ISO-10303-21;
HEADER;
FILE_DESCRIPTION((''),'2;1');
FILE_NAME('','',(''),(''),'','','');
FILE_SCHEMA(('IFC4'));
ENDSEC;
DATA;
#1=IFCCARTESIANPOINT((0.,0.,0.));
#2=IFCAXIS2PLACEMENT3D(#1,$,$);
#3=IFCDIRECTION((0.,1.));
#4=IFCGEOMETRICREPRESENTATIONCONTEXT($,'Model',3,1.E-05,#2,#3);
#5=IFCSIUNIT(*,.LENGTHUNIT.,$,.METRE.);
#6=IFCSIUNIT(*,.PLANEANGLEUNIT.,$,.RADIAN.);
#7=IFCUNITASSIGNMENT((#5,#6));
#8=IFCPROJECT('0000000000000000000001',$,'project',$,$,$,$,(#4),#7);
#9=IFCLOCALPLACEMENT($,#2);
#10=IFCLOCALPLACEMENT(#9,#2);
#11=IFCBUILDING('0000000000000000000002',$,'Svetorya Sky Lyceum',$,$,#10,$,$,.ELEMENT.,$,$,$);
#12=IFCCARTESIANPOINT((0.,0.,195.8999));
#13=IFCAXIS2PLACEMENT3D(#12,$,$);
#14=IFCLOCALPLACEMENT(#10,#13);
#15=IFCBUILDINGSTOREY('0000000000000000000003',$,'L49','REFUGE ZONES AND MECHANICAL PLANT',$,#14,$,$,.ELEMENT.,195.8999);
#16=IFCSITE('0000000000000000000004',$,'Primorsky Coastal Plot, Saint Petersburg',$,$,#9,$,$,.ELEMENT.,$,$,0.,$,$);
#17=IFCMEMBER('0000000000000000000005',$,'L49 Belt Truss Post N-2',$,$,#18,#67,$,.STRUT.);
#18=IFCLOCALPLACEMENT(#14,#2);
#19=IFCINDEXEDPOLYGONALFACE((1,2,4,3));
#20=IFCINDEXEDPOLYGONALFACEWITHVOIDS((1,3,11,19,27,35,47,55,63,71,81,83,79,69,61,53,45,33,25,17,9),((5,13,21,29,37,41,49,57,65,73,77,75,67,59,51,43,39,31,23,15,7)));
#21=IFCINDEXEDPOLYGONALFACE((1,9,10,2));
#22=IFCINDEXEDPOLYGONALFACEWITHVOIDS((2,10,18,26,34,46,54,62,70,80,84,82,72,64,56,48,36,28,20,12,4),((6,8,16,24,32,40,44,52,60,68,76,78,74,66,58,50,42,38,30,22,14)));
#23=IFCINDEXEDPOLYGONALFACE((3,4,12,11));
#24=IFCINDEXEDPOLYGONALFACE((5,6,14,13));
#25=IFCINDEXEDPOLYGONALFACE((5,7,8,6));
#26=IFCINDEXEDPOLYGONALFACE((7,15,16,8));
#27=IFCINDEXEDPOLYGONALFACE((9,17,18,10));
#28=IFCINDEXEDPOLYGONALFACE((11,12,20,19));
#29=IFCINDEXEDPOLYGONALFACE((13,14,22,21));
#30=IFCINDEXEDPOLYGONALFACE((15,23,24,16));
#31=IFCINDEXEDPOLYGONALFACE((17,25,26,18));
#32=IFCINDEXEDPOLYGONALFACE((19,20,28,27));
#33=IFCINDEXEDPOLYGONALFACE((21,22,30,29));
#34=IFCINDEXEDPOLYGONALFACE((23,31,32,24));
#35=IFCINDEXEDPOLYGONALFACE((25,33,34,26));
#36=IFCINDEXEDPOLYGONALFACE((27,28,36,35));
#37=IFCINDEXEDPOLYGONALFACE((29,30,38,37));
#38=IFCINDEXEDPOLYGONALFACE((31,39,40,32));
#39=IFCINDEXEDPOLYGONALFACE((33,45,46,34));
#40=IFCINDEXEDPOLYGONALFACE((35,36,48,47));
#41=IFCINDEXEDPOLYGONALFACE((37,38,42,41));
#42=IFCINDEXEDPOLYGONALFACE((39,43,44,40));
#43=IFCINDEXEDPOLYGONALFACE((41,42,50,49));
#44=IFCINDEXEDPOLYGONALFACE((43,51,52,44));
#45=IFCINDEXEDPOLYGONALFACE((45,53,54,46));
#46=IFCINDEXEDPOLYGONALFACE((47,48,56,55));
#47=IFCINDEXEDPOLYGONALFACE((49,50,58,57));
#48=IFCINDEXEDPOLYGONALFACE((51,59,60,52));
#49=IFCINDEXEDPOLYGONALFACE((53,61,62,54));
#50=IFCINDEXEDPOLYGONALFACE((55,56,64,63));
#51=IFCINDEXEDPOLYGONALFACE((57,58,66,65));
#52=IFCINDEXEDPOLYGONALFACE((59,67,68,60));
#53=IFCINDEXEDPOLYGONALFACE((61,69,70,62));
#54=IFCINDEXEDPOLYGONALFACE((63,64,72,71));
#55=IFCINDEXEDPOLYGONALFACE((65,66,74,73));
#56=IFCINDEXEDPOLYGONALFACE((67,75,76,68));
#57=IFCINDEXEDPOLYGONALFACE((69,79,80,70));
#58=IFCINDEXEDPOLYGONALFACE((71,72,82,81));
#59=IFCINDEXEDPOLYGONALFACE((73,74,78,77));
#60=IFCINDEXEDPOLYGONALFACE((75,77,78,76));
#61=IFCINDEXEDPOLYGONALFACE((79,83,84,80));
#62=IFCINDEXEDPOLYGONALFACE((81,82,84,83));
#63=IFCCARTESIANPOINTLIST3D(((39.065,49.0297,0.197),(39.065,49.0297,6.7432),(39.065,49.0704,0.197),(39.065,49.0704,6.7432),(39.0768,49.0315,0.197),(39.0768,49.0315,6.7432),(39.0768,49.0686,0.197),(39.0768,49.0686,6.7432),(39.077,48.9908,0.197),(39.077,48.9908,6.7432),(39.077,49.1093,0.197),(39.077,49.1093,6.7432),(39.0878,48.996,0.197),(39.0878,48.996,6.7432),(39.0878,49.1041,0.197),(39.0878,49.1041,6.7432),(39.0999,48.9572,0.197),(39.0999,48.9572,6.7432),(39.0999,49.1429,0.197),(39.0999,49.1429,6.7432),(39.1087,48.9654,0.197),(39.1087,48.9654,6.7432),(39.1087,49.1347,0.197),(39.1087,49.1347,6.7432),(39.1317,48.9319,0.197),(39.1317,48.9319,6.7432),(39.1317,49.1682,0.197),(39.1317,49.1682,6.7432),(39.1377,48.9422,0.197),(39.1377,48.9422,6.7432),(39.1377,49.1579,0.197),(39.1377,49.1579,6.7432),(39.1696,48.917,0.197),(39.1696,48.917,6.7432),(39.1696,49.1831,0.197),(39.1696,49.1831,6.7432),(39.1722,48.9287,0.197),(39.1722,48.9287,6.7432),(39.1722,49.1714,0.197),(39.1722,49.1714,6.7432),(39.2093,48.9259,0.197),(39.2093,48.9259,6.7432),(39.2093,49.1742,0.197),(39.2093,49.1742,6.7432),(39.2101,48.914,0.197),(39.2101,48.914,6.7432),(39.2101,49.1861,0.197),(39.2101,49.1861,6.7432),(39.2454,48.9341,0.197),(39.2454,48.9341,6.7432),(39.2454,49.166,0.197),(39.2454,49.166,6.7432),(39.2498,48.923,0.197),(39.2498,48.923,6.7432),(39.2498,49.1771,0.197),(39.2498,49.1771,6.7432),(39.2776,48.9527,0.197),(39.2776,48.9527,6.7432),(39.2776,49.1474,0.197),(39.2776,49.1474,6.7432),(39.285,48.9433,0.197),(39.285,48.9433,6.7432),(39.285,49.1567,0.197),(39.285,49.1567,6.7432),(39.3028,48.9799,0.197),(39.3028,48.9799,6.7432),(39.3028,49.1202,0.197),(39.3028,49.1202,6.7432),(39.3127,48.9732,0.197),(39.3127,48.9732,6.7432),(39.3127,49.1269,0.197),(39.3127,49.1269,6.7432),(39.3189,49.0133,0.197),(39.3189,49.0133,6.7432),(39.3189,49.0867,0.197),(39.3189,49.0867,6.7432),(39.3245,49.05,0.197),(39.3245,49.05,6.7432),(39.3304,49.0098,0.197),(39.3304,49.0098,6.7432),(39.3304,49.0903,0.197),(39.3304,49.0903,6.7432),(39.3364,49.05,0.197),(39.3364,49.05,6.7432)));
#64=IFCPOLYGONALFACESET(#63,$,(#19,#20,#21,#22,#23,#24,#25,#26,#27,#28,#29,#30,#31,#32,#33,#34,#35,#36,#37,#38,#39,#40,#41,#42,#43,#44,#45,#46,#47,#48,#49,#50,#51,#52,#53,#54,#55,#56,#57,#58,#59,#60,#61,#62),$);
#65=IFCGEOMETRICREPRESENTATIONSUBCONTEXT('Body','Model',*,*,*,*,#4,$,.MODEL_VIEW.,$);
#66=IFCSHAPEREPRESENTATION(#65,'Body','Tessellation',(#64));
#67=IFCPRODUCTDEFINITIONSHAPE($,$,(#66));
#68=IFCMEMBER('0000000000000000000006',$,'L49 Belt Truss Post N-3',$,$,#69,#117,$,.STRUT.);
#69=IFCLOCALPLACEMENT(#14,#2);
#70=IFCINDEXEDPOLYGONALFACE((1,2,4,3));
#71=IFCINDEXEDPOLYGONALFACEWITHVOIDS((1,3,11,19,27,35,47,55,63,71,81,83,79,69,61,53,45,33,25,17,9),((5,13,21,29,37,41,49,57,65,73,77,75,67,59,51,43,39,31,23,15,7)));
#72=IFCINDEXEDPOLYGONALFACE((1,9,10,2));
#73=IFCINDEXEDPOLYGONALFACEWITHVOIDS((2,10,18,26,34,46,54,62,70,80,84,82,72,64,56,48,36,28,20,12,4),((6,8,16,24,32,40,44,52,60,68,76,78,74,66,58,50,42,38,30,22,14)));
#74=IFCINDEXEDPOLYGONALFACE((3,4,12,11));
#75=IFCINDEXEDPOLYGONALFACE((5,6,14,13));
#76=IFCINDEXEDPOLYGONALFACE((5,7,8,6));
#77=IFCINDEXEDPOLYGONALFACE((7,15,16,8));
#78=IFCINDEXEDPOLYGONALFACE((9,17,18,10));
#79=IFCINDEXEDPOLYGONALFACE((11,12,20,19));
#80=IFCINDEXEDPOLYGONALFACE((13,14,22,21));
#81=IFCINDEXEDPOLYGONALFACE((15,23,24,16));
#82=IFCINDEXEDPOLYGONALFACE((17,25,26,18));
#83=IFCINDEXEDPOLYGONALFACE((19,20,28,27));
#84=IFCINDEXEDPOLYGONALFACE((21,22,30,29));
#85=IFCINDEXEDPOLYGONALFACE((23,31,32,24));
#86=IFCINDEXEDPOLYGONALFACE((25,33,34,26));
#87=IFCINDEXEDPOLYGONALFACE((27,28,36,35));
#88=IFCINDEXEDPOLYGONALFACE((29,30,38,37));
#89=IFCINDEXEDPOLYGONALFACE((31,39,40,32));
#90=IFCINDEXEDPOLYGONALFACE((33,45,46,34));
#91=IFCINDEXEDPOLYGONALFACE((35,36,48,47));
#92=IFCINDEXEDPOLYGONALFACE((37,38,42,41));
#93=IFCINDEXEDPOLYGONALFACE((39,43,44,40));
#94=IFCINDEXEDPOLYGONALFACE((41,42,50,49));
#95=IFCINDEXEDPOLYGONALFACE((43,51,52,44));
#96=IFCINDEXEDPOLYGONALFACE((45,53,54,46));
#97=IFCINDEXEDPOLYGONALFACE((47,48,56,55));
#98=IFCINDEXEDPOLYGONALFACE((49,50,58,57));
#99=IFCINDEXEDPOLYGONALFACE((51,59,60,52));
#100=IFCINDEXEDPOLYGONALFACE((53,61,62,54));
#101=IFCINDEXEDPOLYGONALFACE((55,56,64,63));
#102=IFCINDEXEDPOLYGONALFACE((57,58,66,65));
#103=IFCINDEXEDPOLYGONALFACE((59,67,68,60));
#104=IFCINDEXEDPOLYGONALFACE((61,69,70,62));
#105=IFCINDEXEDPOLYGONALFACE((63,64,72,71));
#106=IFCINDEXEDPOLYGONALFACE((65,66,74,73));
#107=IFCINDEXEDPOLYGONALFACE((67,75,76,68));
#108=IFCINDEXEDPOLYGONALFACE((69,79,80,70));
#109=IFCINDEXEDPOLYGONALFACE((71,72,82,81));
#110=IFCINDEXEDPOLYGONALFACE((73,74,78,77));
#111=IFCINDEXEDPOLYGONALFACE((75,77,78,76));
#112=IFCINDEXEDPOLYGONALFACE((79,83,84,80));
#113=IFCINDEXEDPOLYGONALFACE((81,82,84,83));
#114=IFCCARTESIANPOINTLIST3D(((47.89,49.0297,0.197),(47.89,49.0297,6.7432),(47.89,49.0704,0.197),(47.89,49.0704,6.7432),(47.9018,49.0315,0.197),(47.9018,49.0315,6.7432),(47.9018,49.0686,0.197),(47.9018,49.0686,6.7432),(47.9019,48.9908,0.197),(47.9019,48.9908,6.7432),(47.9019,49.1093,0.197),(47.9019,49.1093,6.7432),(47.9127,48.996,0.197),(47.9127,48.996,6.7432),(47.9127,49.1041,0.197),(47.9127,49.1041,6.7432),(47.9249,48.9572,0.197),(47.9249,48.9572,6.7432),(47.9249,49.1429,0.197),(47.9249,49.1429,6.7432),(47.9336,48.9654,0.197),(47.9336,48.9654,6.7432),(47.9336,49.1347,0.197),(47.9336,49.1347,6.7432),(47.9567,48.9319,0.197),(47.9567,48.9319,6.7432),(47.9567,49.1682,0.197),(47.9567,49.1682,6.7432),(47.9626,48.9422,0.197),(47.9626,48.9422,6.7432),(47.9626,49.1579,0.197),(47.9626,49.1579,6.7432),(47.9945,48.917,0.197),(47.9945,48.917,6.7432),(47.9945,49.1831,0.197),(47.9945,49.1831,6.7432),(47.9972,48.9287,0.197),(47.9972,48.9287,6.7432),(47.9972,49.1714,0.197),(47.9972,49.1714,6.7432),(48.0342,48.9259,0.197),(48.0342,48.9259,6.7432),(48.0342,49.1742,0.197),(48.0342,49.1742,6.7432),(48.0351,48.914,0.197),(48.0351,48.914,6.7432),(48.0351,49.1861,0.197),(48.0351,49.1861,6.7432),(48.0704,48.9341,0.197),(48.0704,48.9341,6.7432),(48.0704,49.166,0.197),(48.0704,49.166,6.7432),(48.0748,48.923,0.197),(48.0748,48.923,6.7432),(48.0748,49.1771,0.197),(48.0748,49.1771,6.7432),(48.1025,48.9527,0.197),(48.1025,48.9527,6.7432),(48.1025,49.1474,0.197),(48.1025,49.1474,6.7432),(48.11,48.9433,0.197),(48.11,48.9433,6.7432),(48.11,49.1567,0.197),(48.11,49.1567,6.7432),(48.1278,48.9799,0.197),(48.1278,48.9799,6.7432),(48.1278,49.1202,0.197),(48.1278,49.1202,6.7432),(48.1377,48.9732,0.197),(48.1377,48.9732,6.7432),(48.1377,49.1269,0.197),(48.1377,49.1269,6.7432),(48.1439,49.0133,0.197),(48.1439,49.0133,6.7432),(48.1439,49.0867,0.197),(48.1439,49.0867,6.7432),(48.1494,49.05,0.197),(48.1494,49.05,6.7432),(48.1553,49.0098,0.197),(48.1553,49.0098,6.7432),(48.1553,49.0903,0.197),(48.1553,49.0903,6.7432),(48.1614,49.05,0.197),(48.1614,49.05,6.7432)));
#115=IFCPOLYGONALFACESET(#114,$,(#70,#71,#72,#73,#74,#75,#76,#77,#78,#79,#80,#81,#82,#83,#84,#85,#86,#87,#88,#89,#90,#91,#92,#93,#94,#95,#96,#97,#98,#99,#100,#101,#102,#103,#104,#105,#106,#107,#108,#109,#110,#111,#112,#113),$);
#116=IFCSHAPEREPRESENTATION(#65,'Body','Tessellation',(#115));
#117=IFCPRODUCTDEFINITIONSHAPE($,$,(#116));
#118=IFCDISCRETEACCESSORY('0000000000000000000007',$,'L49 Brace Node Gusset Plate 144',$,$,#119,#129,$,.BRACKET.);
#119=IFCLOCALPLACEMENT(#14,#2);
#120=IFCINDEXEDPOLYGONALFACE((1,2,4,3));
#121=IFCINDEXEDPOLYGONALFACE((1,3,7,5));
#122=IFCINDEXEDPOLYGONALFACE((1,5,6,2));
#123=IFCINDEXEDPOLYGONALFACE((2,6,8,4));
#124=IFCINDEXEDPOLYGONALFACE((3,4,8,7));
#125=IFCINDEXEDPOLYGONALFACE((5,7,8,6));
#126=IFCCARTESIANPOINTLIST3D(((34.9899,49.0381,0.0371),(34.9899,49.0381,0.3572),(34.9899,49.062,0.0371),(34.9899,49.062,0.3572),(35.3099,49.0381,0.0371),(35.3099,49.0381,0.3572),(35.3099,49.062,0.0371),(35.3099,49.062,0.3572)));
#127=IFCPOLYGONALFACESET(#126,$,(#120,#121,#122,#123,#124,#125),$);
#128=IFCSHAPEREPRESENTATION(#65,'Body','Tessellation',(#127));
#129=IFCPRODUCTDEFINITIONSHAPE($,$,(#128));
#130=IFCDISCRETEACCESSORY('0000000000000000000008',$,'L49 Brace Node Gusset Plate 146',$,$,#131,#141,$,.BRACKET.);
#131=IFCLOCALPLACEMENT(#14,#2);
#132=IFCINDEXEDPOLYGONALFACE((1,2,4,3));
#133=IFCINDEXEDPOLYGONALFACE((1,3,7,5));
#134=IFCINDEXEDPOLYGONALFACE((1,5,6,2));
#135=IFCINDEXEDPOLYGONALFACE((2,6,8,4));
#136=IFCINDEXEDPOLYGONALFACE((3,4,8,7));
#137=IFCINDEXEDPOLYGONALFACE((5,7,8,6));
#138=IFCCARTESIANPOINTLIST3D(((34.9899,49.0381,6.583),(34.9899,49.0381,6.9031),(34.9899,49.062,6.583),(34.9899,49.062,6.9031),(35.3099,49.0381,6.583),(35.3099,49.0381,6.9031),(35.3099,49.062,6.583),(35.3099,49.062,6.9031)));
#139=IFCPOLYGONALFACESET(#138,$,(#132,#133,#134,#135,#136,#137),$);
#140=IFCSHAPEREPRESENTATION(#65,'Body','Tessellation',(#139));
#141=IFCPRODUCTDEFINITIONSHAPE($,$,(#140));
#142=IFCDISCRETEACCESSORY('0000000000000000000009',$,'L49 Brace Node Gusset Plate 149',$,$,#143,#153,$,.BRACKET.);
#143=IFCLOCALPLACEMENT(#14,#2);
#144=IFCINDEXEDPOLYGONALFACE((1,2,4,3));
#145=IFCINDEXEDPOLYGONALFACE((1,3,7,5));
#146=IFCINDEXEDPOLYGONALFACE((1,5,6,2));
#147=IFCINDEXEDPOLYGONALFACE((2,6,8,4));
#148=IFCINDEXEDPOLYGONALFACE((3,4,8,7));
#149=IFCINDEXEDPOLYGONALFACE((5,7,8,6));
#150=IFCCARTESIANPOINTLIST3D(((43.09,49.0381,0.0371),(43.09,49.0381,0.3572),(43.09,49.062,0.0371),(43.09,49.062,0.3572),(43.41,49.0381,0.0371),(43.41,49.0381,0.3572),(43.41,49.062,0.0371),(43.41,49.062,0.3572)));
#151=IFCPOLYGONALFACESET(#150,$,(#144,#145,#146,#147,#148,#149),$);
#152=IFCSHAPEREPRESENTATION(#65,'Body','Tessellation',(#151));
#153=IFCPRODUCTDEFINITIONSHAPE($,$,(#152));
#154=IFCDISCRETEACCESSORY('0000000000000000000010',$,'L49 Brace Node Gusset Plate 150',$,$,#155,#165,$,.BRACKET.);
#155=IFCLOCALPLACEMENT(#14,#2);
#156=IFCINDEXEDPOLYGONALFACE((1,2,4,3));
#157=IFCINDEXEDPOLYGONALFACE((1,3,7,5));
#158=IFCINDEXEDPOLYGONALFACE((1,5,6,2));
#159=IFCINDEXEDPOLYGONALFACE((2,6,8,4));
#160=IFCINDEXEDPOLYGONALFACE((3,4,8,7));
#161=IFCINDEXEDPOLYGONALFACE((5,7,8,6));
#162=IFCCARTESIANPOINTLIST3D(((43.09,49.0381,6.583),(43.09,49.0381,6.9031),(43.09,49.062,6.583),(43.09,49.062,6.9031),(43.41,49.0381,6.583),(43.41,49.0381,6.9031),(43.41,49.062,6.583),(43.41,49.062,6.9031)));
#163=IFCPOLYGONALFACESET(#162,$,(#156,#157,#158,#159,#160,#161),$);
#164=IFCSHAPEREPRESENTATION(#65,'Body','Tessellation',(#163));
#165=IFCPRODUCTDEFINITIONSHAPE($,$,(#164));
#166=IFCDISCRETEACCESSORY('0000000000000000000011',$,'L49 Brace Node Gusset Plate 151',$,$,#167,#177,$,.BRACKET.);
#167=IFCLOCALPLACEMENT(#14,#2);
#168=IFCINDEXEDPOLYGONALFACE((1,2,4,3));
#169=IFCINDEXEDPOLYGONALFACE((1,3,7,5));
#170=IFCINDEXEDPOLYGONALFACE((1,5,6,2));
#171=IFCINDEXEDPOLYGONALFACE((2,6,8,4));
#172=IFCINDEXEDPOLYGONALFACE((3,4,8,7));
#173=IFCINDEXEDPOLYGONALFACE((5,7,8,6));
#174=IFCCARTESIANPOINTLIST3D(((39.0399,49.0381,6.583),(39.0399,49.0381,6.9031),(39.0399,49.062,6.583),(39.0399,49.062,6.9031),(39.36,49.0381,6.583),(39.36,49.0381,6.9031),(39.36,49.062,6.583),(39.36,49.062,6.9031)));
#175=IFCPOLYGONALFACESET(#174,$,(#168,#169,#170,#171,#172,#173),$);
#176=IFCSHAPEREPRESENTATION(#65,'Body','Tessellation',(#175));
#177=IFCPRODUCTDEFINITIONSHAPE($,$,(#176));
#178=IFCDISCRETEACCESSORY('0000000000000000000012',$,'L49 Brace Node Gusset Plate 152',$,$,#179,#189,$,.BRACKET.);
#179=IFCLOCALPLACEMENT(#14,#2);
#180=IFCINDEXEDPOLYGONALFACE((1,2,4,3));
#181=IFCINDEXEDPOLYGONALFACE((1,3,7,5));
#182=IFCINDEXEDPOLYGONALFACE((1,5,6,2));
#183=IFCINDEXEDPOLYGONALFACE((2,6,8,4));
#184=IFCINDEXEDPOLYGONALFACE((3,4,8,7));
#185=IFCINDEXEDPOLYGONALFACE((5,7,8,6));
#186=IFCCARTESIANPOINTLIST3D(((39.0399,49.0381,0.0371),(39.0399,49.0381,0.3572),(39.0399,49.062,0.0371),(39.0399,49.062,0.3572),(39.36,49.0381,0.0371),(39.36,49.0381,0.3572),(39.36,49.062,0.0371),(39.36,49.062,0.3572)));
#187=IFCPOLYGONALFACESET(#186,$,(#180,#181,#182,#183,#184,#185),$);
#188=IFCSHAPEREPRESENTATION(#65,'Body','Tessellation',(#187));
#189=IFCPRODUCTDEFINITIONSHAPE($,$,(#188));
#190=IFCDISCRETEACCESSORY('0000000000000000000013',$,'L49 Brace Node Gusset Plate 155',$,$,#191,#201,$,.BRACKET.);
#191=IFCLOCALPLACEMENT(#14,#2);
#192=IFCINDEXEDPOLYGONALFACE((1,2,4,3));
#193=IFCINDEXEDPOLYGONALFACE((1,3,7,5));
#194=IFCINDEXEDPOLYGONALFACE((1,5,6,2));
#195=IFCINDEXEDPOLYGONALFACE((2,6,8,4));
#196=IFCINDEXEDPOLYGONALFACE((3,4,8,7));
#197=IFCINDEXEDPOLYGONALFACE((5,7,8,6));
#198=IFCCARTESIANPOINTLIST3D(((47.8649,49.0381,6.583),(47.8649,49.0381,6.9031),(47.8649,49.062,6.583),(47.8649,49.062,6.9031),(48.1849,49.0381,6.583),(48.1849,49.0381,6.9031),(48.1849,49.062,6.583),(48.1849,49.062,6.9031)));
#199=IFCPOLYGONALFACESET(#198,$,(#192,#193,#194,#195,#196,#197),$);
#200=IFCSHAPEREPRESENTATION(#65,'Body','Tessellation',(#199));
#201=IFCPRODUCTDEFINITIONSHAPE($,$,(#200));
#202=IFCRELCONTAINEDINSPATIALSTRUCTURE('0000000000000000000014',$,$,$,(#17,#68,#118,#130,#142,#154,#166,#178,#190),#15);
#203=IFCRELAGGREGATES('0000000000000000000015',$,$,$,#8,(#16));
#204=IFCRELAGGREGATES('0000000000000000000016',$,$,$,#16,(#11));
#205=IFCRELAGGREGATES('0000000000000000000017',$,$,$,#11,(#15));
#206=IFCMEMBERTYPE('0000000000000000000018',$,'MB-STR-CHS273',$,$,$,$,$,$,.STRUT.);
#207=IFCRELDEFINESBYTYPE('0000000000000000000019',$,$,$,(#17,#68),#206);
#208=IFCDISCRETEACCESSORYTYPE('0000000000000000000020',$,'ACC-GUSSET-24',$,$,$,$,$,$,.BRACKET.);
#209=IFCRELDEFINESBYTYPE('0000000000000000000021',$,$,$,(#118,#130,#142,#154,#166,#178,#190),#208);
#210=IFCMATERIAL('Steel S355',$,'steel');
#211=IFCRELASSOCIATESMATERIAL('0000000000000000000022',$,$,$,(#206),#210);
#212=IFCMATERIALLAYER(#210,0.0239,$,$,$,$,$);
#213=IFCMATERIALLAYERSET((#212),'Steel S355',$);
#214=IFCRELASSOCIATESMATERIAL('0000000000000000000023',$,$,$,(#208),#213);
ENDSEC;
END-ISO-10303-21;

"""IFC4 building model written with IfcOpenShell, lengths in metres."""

from ifc_helpers import new_model, si_unit, direction, frame, origin, origin_2d, place, context, subcontext, project, spatial, rectangle, hollow_circle, extrude, material, layer, layer_set, material_profile, profile_set, type_object, element, save


model = new_model("IFC4")

# Units and contexts
model_context = context("Model", 3, precision=1e-05, world=origin(), true_north=direction((0.0, 1.0)))
body_context = subcontext(model_context, "Body", "Model", "MODEL_VIEW")
ifc_project = project(units=[si_unit("LENGTHUNIT", "METRE"), si_unit("PLANEANGLEUNIT", "RADIAN")], contexts=[model_context])

# Site, building, storey
site_placement = place(None, origin())
site = spatial("IfcSite", under=ifc_project, at=site_placement, Name="Primorsky Coastal Plot, Saint Petersburg", CompositionType="ELEMENT", RefElevation=0.0)
building_placement = place(site_placement, origin())
building = spatial("IfcBuilding", under=site, at=building_placement, Name="Svetorya Sky Lyceum", CompositionType="ELEMENT")
storey_placement = place(building_placement, frame((0.0, 0.0, 195.8999)))
storey = spatial("IfcBuildingStorey", under=building, at=storey_placement, Name="L49", Description="REFUGE ZONES AND MECHANICAL PLANT", CompositionType="ELEMENT", Elevation=195.8999)

# Shared definitions
ifc_material_1 = material(Name="Steel S355", Category="steel")

# Members
ifc_material_profile_1 = material_profile(ifc_material_1, hollow_circle(Radius=0.1365, WallThickness=0.012, at=origin_2d()), Name="CHS 273x12")
ifc_profile_set_1 = profile_set([ifc_material_profile_1], Name="Steel S355")
member_type_1 = type_object("IfcMemberType", Name="MB-STR-CHS273", PredefinedType="STRUT", material=ifc_profile_set_1)
for number, where, z_axis, x_axis, name in (
    (1, (39.2, 49.05, 0.197), (0.0, 0.0, 1.0), (1.0, 0.0, 0.0), "L49 Belt Truss Post N-2"),
    (2, (48.0249, 49.05, 0.197), (0.0, 0.0, 1.0), (1.0, 0.0, 0.0), "L49 Belt Truss Post N-3"),
):
    element("IfcMember", number, at=place(storey_placement, frame(where, z_axis=z_axis, x_axis=x_axis)), inside=storey, type_object=member_type_1, Name=name, PredefinedType="STRUT", context=body_context, shape_type="SweptSolid", body=[
        extrude(hollow_circle(Radius=0.1365, WallThickness=0.012, at=origin_2d()), origin(), (0.0, 0.0, 1.0), 6.5461),
    ])

# Discrete accessories
ifc_layer = layer(ifc_material_1, 0.0239)
ifc_layer_set = layer_set([ifc_layer], Name="Steel S355")
discrete_accessory_type = type_object("IfcDiscreteAccessoryType", Name="ACC-GUSSET-24", PredefinedType="BRACKET", material=ifc_layer_set)
for number, where, z_axis, x_axis, name in (
    (3, (35.1499, 49.05, 0.0371), (0.0, 0.0, 1.0), (1.0, 0.0, 0.0), "L49 Brace Node Gusset Plate 144"),
    (4, (35.1499, 49.05, 6.583), (0.0, 0.0, 1.0), (1.0, 0.0, 0.0), "L49 Brace Node Gusset Plate 146"),
    (5, (43.25, 49.05, 0.0371), (0.0, 0.0, 1.0), (1.0, 0.0, 0.0), "L49 Brace Node Gusset Plate 149"),
    (6, (43.25, 49.05, 6.583), (0.0, 0.0, 1.0), (1.0, 0.0, 0.0), "L49 Brace Node Gusset Plate 150"),
    (7, (39.2, 49.05, 6.583), (0.0, 0.0, 1.0), (1.0, 0.0, 0.0), "L49 Brace Node Gusset Plate 151"),
    (8, (39.2, 49.05, 0.0371), (0.0, 0.0, 1.0), (1.0, 0.0, 0.0), "L49 Brace Node Gusset Plate 152"),
    (9, (48.0249, 49.05, 6.583), (0.0, 0.0, 1.0), (1.0, 0.0, 0.0), "L49 Brace Node Gusset Plate 155"),
):
    element("IfcDiscreteAccessory", number, at=place(storey_placement, frame(where, z_axis=z_axis, x_axis=x_axis)), inside=storey, type_object=discrete_accessory_type, Name=name, PredefinedType="BRACKET", context=body_context, shape_type="SweptSolid", body=[
        extrude(rectangle(XDim=0.3201, YDim=0.0239, at=origin_2d()), origin(), (0.0, 0.0, 1.0), 0.3201),
    ])

save(model, "model.ifc")
